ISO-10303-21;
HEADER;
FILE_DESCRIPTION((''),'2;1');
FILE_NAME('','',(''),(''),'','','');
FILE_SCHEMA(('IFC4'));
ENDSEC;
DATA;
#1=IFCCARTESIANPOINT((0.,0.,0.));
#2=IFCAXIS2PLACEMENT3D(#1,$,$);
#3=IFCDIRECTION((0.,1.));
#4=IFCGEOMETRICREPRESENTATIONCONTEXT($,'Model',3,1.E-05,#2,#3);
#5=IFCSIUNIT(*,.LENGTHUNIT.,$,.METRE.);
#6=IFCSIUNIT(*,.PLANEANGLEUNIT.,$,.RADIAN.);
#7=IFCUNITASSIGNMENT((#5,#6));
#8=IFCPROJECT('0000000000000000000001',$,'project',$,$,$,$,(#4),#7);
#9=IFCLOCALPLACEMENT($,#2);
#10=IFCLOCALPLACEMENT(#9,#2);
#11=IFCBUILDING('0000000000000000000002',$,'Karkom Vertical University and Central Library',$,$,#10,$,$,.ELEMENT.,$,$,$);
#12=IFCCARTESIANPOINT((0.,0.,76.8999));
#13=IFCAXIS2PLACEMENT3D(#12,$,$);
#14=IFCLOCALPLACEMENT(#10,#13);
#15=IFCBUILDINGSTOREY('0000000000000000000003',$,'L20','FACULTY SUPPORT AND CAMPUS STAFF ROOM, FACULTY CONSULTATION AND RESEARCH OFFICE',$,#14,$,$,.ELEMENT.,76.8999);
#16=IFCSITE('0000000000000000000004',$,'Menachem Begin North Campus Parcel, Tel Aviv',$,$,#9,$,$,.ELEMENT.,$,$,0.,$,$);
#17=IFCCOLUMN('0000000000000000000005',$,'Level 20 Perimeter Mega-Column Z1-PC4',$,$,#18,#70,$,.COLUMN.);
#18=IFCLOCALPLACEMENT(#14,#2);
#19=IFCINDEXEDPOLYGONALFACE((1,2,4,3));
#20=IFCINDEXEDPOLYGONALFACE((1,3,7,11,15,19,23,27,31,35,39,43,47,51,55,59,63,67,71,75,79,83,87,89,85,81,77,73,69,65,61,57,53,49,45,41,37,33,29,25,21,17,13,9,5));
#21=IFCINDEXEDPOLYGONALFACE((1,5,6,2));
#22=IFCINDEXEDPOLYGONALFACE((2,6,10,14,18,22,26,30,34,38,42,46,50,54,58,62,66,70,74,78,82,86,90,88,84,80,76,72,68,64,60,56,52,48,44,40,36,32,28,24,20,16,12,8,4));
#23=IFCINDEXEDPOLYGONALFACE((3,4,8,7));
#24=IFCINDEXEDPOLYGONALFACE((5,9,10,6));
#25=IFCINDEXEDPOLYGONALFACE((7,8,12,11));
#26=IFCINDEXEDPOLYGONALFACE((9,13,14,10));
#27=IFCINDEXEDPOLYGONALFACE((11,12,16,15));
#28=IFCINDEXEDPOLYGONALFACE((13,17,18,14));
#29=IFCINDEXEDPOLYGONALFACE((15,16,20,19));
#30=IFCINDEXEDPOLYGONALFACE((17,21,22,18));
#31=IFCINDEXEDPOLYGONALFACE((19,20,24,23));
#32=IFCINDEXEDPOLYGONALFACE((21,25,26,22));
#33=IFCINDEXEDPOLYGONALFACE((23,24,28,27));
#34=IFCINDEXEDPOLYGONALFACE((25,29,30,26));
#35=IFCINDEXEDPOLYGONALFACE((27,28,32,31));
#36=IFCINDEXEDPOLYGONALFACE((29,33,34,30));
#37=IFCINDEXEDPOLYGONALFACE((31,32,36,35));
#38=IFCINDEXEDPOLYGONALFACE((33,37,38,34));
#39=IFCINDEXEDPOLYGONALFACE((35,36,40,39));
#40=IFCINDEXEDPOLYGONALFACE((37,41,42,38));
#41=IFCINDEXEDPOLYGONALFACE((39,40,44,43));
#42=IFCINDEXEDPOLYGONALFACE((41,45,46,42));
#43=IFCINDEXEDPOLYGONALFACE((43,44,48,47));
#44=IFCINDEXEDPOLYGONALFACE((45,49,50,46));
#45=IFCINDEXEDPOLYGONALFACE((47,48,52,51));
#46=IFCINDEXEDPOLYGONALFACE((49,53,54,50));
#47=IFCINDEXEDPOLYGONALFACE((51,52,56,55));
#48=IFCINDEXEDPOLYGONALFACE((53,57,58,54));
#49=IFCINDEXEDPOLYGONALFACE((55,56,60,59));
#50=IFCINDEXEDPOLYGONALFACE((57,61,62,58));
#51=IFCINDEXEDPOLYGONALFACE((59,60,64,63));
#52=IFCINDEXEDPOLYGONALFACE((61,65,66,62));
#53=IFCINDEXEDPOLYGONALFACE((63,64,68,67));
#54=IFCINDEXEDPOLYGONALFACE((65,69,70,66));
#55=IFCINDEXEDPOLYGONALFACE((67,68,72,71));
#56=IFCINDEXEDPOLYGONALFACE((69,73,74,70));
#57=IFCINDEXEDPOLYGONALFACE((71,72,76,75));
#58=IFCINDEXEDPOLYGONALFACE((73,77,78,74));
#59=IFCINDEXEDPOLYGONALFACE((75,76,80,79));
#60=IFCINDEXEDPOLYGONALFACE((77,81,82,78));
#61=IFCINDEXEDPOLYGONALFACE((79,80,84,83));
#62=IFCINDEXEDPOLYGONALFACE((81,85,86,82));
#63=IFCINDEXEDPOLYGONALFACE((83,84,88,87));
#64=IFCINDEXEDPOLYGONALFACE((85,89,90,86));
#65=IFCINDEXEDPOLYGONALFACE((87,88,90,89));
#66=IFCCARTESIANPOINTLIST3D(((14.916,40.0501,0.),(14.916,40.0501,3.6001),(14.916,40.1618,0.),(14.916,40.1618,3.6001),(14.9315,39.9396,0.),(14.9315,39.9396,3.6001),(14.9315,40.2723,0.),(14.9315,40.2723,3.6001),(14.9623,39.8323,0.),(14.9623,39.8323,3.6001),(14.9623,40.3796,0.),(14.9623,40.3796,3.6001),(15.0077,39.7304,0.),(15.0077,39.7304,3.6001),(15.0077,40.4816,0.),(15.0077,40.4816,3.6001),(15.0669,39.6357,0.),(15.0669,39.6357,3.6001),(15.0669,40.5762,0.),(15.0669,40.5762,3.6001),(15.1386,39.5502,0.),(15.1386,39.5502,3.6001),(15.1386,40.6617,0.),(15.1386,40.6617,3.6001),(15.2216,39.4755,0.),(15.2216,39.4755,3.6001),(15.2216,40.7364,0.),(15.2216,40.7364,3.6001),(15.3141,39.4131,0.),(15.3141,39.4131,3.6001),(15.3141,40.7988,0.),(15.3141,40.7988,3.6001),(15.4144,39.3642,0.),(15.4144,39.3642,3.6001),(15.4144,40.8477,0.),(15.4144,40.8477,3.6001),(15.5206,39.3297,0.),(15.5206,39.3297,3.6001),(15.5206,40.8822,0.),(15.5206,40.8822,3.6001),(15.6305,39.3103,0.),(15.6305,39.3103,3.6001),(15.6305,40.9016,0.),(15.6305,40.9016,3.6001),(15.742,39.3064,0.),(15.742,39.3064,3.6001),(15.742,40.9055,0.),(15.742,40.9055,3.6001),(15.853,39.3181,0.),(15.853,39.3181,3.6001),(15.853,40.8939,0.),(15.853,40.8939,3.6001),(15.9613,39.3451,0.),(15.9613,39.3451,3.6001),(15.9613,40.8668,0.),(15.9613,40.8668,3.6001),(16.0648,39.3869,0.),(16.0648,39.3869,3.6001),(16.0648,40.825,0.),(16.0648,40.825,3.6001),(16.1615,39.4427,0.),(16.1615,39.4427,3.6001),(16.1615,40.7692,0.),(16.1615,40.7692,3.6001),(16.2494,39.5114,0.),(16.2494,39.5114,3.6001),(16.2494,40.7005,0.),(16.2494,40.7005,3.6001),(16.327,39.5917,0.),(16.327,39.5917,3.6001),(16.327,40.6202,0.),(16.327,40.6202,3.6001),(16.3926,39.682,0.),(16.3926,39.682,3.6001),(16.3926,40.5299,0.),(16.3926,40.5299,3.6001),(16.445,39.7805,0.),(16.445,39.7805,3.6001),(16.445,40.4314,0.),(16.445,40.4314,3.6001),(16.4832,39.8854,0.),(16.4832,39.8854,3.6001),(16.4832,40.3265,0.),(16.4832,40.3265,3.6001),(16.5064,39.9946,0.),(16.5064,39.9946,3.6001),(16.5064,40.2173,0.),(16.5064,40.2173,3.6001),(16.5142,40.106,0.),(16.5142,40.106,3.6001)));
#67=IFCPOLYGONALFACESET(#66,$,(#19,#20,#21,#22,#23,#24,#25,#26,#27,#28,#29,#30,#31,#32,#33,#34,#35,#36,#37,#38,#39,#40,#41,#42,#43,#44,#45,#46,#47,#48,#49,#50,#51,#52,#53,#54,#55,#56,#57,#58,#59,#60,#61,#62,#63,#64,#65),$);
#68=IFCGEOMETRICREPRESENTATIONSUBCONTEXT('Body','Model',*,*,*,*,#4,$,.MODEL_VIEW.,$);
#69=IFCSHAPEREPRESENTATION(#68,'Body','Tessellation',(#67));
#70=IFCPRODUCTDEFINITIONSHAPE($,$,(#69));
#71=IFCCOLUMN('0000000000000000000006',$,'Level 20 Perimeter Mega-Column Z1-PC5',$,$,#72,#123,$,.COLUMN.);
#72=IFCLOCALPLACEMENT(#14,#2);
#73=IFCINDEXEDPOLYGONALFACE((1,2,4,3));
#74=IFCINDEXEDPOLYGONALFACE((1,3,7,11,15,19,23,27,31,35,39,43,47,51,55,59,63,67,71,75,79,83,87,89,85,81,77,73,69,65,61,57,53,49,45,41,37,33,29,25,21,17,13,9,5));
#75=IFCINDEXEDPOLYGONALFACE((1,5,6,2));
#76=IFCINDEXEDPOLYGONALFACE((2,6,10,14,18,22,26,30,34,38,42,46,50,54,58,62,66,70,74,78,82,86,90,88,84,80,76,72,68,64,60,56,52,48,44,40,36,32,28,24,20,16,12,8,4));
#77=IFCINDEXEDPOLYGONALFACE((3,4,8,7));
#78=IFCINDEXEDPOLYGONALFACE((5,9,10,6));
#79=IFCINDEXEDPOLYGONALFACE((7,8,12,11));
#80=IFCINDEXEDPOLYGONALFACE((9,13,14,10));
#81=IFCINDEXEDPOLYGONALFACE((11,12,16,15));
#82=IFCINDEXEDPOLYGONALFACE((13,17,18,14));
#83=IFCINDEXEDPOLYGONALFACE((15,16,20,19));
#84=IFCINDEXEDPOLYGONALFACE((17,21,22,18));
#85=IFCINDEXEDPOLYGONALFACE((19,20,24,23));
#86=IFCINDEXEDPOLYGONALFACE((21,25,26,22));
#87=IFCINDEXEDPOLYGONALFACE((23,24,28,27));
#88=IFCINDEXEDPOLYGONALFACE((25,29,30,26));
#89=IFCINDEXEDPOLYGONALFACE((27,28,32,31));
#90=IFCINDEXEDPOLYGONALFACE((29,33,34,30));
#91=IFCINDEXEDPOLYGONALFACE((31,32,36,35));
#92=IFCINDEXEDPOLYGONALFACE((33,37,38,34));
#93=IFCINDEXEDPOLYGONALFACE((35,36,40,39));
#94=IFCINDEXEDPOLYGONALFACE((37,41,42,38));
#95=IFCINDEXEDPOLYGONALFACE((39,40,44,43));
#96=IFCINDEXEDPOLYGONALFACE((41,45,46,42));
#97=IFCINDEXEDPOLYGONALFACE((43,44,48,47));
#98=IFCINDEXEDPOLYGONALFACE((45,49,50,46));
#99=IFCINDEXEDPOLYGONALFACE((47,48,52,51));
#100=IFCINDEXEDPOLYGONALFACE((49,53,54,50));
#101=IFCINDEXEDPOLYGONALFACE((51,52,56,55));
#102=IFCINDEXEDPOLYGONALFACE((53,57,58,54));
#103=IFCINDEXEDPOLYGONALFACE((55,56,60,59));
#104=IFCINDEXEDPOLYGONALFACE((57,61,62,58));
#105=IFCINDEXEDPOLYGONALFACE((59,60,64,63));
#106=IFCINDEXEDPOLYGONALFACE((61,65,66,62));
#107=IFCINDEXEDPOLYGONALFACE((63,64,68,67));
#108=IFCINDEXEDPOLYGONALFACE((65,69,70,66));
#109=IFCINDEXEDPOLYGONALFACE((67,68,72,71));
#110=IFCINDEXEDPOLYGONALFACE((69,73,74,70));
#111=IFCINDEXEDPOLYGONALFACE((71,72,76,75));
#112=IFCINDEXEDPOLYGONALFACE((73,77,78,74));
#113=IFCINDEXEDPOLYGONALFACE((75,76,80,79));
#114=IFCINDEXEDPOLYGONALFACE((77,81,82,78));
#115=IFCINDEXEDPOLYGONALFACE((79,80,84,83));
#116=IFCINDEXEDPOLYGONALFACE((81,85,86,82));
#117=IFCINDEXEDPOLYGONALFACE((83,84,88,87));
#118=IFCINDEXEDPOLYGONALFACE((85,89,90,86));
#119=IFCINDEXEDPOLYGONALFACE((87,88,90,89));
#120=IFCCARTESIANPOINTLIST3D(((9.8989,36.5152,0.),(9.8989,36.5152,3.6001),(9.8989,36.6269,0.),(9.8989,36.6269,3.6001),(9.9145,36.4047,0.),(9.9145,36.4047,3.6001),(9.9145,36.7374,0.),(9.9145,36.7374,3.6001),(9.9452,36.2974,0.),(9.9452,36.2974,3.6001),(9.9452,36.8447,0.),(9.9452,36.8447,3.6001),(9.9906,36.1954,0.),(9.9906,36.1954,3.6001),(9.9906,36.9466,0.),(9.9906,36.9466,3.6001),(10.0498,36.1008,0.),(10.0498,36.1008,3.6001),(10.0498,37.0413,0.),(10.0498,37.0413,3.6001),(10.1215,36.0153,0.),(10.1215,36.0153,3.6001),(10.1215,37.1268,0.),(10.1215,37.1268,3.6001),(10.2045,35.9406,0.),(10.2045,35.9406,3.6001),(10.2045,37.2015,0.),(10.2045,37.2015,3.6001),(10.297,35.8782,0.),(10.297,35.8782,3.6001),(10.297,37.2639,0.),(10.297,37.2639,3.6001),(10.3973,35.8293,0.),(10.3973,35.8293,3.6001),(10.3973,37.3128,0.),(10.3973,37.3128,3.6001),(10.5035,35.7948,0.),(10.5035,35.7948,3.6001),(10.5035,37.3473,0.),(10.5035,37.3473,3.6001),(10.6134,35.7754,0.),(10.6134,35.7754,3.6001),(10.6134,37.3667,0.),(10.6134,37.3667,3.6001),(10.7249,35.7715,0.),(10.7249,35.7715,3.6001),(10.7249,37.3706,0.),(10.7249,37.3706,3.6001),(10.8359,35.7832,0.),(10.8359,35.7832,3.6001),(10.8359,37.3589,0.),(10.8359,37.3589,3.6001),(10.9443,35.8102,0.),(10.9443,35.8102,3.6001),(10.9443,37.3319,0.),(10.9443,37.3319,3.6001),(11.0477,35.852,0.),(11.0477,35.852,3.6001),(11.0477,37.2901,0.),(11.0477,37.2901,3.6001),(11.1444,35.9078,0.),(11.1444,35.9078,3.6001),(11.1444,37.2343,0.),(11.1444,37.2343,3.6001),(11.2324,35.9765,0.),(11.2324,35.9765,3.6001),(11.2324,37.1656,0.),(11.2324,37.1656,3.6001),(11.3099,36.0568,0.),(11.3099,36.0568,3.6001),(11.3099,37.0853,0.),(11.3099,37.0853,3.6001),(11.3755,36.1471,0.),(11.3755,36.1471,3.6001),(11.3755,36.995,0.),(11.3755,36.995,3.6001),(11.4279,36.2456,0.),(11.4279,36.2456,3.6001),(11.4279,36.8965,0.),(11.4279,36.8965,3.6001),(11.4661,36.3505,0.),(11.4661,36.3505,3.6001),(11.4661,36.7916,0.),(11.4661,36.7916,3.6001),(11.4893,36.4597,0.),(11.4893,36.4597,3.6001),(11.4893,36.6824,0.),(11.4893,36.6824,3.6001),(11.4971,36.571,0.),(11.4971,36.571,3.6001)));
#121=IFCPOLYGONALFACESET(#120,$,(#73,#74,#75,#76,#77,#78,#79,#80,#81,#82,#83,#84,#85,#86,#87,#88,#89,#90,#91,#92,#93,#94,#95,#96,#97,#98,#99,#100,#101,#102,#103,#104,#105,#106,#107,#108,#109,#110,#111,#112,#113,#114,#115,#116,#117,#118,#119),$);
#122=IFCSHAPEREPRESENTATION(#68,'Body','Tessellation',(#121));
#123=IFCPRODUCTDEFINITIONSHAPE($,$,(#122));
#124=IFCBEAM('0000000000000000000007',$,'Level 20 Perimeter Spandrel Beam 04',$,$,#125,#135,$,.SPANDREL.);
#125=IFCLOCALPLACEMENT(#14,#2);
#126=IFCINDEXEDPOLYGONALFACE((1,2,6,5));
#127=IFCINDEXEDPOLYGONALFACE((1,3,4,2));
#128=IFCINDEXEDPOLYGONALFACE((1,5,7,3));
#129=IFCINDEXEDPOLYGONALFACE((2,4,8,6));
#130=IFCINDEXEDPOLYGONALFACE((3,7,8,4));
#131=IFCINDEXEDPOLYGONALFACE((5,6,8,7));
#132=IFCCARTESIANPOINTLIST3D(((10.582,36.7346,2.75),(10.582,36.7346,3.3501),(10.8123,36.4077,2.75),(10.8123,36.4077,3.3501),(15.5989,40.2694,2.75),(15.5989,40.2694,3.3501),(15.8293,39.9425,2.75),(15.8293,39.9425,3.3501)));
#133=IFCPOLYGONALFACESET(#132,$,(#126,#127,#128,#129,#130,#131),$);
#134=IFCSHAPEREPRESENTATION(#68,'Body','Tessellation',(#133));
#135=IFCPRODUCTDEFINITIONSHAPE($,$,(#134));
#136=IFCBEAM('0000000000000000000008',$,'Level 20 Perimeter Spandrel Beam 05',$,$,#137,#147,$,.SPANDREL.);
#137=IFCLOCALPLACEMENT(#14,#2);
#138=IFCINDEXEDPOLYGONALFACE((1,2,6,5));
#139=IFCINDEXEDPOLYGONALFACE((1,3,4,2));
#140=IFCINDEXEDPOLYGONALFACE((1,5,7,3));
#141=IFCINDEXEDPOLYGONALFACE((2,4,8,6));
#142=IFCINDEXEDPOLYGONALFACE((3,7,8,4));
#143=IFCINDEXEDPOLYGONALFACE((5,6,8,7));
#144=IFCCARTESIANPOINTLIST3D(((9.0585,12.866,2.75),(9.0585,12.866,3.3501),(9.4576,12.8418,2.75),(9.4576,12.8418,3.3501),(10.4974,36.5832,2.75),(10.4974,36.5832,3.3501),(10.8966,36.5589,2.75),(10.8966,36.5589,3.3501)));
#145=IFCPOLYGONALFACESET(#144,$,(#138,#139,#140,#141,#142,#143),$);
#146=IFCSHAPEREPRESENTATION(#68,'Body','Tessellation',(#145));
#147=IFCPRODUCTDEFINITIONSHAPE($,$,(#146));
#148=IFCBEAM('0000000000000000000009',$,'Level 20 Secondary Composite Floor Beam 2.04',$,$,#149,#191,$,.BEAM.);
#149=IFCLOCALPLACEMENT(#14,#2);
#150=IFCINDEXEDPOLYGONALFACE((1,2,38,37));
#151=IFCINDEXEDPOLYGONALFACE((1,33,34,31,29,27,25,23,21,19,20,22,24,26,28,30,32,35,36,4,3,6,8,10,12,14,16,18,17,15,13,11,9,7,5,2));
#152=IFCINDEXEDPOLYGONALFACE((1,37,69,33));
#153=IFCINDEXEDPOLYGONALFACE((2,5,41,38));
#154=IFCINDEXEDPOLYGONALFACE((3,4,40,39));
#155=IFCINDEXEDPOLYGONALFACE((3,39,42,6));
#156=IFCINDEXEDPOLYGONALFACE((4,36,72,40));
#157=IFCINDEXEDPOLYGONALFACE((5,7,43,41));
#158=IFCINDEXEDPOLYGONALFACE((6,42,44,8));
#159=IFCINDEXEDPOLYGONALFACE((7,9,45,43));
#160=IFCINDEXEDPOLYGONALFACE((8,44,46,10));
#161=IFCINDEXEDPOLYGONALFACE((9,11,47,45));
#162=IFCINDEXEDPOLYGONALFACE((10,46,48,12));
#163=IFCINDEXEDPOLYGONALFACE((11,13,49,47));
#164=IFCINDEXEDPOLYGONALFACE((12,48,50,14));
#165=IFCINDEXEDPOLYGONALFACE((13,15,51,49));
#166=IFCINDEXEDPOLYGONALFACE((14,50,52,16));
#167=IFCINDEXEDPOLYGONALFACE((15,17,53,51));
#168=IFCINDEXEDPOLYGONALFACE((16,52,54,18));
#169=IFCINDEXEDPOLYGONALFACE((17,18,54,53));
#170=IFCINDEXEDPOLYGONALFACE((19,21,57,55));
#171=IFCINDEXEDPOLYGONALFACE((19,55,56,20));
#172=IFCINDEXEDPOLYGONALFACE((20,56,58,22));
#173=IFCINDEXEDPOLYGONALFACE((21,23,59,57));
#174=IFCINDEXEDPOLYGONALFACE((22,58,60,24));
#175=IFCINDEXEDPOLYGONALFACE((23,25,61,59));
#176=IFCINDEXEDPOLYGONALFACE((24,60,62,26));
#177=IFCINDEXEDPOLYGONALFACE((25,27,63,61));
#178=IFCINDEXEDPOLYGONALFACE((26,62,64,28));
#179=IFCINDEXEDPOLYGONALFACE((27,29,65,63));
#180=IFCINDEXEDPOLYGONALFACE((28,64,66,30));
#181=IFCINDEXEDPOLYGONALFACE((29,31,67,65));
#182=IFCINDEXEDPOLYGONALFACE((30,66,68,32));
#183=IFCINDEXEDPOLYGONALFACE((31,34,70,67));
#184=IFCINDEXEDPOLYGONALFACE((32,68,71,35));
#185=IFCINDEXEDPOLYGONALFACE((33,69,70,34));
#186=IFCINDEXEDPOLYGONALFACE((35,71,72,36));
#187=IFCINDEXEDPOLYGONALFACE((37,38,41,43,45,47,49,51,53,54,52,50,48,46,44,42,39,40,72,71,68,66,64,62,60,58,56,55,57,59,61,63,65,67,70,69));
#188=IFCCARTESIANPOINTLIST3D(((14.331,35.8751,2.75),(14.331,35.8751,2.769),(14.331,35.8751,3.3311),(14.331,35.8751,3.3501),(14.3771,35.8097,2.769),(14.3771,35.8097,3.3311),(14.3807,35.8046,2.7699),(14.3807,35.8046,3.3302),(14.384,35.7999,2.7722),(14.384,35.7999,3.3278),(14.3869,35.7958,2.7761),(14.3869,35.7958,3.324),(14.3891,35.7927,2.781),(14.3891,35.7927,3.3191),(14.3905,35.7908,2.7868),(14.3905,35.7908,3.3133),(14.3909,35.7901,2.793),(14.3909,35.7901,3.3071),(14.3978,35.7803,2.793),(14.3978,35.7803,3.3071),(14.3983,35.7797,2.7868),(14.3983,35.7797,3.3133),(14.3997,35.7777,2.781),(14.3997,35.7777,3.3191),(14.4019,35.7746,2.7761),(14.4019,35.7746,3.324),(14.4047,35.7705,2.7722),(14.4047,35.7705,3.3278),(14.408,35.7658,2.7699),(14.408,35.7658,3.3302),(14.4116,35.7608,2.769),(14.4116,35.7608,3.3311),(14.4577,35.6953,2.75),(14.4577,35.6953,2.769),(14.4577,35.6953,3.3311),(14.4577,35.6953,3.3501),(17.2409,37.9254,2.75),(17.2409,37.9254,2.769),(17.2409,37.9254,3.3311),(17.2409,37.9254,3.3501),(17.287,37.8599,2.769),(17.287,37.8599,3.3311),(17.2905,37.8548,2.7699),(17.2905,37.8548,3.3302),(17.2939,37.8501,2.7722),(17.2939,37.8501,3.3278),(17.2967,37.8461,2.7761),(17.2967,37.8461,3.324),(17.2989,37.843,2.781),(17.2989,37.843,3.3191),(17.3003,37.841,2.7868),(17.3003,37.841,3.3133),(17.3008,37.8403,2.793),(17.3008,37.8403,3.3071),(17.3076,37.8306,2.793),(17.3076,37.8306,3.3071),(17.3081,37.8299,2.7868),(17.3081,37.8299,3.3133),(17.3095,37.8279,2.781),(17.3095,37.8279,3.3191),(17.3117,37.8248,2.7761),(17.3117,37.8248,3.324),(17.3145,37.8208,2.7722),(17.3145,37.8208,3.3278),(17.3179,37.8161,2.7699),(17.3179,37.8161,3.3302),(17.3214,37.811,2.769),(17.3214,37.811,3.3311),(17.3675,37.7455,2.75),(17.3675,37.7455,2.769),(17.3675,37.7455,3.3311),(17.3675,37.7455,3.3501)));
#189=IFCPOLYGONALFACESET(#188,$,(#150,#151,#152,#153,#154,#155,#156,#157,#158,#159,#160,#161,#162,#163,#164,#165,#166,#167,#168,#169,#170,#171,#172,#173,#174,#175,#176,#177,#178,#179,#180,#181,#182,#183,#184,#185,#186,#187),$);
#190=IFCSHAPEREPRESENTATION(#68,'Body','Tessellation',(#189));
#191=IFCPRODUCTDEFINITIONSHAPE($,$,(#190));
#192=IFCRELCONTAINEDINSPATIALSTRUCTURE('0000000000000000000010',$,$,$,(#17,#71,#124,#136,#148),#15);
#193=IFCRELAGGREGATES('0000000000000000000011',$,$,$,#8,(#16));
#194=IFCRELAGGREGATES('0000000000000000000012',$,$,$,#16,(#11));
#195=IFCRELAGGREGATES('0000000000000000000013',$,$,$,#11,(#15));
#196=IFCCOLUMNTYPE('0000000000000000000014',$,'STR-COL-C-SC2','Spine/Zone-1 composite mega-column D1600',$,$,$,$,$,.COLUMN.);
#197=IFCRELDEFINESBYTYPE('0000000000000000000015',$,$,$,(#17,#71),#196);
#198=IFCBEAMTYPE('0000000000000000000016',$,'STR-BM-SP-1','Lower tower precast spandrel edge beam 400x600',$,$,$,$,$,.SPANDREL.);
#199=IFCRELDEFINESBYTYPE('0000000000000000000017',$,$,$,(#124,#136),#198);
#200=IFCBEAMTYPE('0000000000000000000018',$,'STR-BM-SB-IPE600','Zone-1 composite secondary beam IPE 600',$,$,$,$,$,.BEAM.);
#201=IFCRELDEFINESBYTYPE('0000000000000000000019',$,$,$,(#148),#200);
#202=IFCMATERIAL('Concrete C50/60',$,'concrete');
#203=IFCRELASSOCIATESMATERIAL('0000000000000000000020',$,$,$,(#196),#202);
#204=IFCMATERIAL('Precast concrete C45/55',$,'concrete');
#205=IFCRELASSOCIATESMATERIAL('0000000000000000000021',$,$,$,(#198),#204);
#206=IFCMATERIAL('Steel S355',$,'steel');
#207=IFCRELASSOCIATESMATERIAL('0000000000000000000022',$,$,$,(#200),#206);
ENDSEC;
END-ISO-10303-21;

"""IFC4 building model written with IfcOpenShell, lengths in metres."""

from ifc_helpers import new_model, si_unit, direction, frame, origin, origin_with_axes, origin_2d, place, context, subcontext, project, spatial, rectangle, circle, i_section, extrude, source, transform, mapped, material, material_profile, profile_set, type_object, element, save


model = new_model("IFC4")

# Units and contexts
model_context = context("Model", 3, precision=1e-05, world=origin(), true_north=direction((0.0, 1.0)))
body_context = subcontext(model_context, "Body", "Model", "MODEL_VIEW")
ifc_project = project(units=[si_unit("LENGTHUNIT", "METRE"), si_unit("PLANEANGLEUNIT", "RADIAN")], contexts=[model_context])

# Site, building, storey
site_placement = place(None, origin())
site = spatial("IfcSite", under=ifc_project, at=site_placement, Name="Menachem Begin North Campus Parcel, Tel Aviv", CompositionType="ELEMENT", RefElevation=0.0)
building_placement = place(site_placement, origin())
building = spatial("IfcBuilding", under=site, at=building_placement, Name="Karkom Vertical University and Central Library", CompositionType="ELEMENT")
storey_placement = place(building_placement, frame((0.0, 0.0, 76.8999)))
storey = spatial("IfcBuildingStorey", under=building, at=storey_placement, Name="L20", Description="FACULTY SUPPORT AND CAMPUS STAFF ROOM, FACULTY CONSULTATION AND RESEARCH OFFICE", CompositionType="ELEMENT", Elevation=76.8999)

# Columns
ifc_material_1 = material(Name="Concrete C50/60", Category="concrete")
ifc_material_profile_1 = material_profile(ifc_material_1, circle(Radius=0.8, at=origin_2d()), Name="CFT-D1600")
ifc_profile_set_1 = profile_set([ifc_material_profile_1], Name="Concrete C50/60")
column_type = type_object("IfcColumnType", Name="STR-COL-C-SC2", Description="Spine/Zone-1 composite mega-column D1600", PredefinedType="COLUMN", material=ifc_profile_set_1)
shared_shape_1 = source(origin_with_axes(), body_context, "Body", "SweptSolid", [
    extrude(circle(Radius=0.8, at=origin_2d()), origin(), (0.0, 0.0, 1.0), 3.6001),
])
for number, where, z_axis, x_axis, name in (
    (1, (15.7141, 40.106, 0.0), (0.0, 0.0, 1.0), (1.0, 0.0, 0.0), "Level 20 Perimeter Mega-Column Z1-PC4"),
    (2, (10.697, 36.571, 0.0), (0.0, 0.0, 1.0), (1.0, 0.0, 0.0), "Level 20 Perimeter Mega-Column Z1-PC5"),
):
    element("IfcColumn", number, at=place(storey_placement, frame(where, z_axis=z_axis, x_axis=x_axis)), inside=storey, type_object=column_type, Name=name, PredefinedType="COLUMN", context=body_context, shape_type="MappedRepresentation", body=[
        mapped(shared_shape_1, transform((0.0, 0.0, 0.0), scale=1.0)),
    ])

# Beams
ifc_material_2 = material(Name="Precast concrete C45/55", Category="concrete")
ifc_material_profile_2 = material_profile(ifc_material_2, rectangle(XDim=0.3999, YDim=0.6001, at=origin_2d()), Name="SPB-400x600")
ifc_profile_set_2 = profile_set([ifc_material_profile_2], Name="Precast concrete C45/55")
beam_type_1 = type_object("IfcBeamType", Name="STR-BM-SP-1", Description="Lower tower precast spandrel edge beam 400x600", PredefinedType="SPANDREL", material=ifc_profile_set_2)
shared_shape_2 = source(origin_with_axes(), body_context, "Body", "SweptSolid", [
    extrude(rectangle(XDim=0.3999, YDim=0.6001, at=origin_2d()), origin(), (0.0, 0.0, 1.0), 6.1372),
])
beam_1_placement = place(storey_placement, frame((15.7141, 40.106, 3.05), z_axis=(-0.817471, -0.575969, 0.0), x_axis=(0.575969, -0.817471, 0.0)))
element("IfcBeam", 3, at=beam_1_placement, inside=storey, type_object=beam_type_1, Name="Level 20 Perimeter Spandrel Beam 04", PredefinedType="SPANDREL", context=body_context, shape_type="MappedRepresentation", body=[
    mapped(shared_shape_2, transform((0.0, 0.0, 0.0), scale=1.0)),
])
shared_shape_3 = source(origin_with_axes(), body_context, "Body", "SweptSolid", [
    extrude(rectangle(XDim=0.3999, YDim=0.6001, at=origin_2d()), origin(), (0.0, 0.0, 1.0), 23.7607),
])
beam_2_placement = place(storey_placement, frame((10.697, 36.571, 3.05), z_axis=(-0.060561, -0.998165, 0.0), x_axis=(0.998165, -0.060561, 0.0)))
element("IfcBeam", 4, at=beam_2_placement, inside=storey, type_object=beam_type_1, Name="Level 20 Perimeter Spandrel Beam 05", PredefinedType="SPANDREL", context=body_context, shape_type="MappedRepresentation", body=[
    mapped(shared_shape_3, transform((0.0, 0.0, 0.0), scale=1.0)),
])
ifc_material_3 = material(Name="Steel S355", Category="steel")
ifc_material_profile_3 = material_profile(ifc_material_3, i_section(OverallWidth=0.22, OverallDepth=0.6001, WebThickness=0.012, FlangeThickness=0.019, FilletRadius=0.0239, at=origin_2d()), Name="IPE 600")
ifc_profile_set_3 = profile_set([ifc_material_profile_3], Name="Steel S355")
beam_type_2 = type_object("IfcBeamType", Name="STR-BM-SB-IPE600", Description="Zone-1 composite secondary beam IPE 600", PredefinedType="BEAM", material=ifc_profile_set_3)
shared_shape_4 = source(origin_with_axes(), body_context, "Body", "SweptSolid", [
    extrude(i_section(OverallWidth=0.22, OverallDepth=0.6001, WebThickness=0.012, FlangeThickness=0.019, FilletRadius=0.0239, at=origin_2d()), origin(), (0.0, 0.0, 1.0), 3.5596),
])
beam_3_placement = place(storey_placement, frame((17.3042, 37.8354, 3.05), z_axis=(-0.817466, -0.575977, 0.0), x_axis=(0.575977, -0.817466, 0.0)))
element("IfcBeam", 5, at=beam_3_placement, inside=storey, type_object=beam_type_2, Name="Level 20 Secondary Composite Floor Beam 2.04", PredefinedType="BEAM", context=body_context, shape_type="MappedRepresentation", body=[
    mapped(shared_shape_4, transform((0.0, 0.0, 0.0), scale=1.0)),
])

save(model, "model.ifc")
